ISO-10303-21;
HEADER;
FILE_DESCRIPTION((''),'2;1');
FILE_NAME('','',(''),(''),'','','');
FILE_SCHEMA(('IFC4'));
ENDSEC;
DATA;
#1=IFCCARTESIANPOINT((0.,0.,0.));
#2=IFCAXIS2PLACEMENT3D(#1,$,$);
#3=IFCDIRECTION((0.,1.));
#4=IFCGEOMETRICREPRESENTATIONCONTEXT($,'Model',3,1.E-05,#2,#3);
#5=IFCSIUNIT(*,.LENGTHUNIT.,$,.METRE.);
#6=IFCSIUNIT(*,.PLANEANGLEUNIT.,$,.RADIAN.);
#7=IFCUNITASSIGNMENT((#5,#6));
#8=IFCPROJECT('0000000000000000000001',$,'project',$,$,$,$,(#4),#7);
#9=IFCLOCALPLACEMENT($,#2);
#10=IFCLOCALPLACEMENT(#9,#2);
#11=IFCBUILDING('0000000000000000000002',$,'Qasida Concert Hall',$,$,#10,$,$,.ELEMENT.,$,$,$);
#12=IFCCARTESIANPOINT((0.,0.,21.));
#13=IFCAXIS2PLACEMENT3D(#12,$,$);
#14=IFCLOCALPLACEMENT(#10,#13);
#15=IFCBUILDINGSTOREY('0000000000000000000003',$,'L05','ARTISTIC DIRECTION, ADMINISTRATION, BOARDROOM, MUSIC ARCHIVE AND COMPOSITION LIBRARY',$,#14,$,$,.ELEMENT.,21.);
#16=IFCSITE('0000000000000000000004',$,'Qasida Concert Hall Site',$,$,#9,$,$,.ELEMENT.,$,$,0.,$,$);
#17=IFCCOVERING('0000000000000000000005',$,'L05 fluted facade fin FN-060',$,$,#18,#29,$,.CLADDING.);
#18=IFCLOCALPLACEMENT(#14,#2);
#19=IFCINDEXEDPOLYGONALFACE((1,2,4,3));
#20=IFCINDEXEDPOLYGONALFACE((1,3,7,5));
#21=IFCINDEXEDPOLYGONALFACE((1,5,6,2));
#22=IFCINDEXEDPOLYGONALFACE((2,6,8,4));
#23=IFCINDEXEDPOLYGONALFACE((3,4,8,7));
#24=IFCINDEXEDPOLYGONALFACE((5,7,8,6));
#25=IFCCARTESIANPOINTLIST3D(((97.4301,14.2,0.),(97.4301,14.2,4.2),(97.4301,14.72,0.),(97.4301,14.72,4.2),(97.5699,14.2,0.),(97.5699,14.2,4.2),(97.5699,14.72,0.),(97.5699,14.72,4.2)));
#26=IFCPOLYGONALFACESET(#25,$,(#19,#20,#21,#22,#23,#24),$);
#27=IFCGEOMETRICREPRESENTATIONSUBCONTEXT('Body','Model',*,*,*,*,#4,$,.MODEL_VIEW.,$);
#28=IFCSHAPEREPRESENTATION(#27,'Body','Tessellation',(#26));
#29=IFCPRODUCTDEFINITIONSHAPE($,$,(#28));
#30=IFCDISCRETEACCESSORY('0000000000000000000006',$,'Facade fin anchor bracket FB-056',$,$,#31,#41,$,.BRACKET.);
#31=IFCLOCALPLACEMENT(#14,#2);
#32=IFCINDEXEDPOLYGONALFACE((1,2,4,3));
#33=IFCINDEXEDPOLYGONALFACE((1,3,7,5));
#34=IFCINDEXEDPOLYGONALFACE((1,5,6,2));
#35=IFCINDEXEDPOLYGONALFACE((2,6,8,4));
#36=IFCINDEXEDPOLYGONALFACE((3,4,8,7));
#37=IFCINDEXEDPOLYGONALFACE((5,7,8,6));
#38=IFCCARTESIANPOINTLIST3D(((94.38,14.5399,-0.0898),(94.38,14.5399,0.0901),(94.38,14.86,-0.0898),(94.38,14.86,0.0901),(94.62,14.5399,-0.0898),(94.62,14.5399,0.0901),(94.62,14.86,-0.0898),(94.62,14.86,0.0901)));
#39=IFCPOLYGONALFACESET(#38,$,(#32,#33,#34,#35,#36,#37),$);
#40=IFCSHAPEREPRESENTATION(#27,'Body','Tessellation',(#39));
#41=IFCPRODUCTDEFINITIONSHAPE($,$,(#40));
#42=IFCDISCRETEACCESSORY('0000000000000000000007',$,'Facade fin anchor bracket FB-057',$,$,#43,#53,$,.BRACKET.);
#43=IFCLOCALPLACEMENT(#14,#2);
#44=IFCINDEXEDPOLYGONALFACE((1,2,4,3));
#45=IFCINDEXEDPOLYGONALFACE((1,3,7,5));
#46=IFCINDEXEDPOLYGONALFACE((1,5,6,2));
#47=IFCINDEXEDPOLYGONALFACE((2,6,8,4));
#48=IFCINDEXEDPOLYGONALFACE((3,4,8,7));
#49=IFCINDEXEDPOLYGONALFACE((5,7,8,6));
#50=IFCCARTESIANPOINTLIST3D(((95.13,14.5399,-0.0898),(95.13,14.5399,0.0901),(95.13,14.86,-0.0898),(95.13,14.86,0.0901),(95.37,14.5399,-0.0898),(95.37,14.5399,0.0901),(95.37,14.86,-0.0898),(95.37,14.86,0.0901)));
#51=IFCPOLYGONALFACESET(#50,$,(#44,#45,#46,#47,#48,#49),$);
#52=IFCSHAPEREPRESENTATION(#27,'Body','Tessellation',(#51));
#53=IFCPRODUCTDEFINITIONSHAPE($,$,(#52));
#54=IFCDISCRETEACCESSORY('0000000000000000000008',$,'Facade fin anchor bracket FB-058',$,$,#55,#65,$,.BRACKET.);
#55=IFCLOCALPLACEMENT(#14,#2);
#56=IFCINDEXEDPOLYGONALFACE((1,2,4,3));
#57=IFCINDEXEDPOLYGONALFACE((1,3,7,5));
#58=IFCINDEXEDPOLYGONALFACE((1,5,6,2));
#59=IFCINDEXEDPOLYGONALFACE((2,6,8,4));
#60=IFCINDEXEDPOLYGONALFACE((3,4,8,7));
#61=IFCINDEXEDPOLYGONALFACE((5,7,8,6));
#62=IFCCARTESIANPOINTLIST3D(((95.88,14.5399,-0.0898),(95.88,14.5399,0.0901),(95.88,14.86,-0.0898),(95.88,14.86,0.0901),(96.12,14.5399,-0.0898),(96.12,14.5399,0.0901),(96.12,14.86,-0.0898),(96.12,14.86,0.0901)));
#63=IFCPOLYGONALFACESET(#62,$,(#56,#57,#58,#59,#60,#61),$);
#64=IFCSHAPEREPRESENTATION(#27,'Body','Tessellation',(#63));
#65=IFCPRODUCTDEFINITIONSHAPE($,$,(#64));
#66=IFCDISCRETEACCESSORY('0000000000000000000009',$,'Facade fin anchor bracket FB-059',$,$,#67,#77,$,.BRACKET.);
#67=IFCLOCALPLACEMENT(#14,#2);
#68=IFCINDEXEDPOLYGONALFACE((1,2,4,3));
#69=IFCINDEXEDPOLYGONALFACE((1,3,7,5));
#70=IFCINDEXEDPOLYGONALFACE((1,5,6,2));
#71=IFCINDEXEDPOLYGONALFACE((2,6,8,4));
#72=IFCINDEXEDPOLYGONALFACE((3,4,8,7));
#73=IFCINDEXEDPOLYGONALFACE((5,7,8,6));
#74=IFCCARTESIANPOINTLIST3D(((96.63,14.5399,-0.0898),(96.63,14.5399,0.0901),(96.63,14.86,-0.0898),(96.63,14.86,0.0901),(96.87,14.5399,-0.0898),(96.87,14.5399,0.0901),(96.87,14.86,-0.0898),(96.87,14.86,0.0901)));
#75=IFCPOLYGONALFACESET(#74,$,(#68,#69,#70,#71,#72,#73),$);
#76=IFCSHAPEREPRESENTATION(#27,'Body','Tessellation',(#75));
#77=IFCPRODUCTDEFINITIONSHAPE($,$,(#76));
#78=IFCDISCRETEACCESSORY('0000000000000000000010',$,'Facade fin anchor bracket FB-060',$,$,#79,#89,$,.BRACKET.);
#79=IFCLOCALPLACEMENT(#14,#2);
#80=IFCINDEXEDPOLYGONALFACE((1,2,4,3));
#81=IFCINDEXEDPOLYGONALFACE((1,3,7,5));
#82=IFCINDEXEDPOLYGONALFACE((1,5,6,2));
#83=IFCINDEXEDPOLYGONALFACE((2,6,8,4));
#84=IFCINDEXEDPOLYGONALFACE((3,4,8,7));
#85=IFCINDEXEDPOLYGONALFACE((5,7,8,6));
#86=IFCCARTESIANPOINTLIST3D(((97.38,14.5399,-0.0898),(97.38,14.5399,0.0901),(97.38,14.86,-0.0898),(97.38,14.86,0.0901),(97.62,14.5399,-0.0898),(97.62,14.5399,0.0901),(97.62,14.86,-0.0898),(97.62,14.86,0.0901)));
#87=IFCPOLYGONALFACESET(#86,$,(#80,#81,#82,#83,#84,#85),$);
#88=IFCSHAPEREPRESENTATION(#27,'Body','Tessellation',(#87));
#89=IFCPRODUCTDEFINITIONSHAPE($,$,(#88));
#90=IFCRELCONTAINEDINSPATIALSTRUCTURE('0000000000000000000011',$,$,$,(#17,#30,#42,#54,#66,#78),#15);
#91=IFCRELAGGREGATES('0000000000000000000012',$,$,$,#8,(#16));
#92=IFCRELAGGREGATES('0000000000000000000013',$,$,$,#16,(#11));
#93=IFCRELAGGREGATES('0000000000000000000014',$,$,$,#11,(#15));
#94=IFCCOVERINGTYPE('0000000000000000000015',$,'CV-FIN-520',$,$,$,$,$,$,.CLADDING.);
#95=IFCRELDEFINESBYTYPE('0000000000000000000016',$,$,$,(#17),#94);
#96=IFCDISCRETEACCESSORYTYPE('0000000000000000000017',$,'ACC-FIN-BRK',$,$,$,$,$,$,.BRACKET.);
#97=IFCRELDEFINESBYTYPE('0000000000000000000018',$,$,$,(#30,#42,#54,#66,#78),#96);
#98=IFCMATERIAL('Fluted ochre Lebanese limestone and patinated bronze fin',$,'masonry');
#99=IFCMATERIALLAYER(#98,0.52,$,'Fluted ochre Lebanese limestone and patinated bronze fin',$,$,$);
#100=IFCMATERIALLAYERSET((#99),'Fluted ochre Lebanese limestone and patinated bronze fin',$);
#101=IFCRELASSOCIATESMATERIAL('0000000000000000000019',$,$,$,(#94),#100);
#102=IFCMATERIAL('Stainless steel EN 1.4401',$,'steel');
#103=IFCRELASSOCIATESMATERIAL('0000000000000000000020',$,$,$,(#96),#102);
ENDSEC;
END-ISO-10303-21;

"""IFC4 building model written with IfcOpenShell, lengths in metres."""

from ifc_helpers import new_model, si_unit, direction, frame, origin, origin_2d, place, context, subcontext, project, spatial, rectangle, extrude, material, layer, layer_set, type_object, element, save


model = new_model("IFC4")

# Units and contexts
model_context = context("Model", 3, precision=1e-05, world=origin(), true_north=direction((0.0, 1.0)))
body_context = subcontext(model_context, "Body", "Model", "MODEL_VIEW")
ifc_project = project(units=[si_unit("LENGTHUNIT", "METRE"), si_unit("PLANEANGLEUNIT", "RADIAN")], contexts=[model_context])

# Site, building, storey
site_placement = place(None, origin())
site = spatial("IfcSite", under=ifc_project, at=site_placement, Name="Qasida Concert Hall Site", CompositionType="ELEMENT", RefElevation=0.0)
building_placement = place(site_placement, origin())
building = spatial("IfcBuilding", under=site, at=building_placement, Name="Qasida Concert Hall", CompositionType="ELEMENT")
storey_placement = place(building_placement, frame((0.0, 0.0, 21.0)))
storey = spatial("IfcBuildingStorey", under=building, at=storey_placement, Name="L05", Description="ARTISTIC DIRECTION, ADMINISTRATION, BOARDROOM, MUSIC ARCHIVE AND COMPOSITION LIBRARY", CompositionType="ELEMENT", Elevation=21.0)

# Covering
ifc_material_1 = material(Name="Fluted ochre Lebanese limestone and patinated bronze fin", Category="masonry")
ifc_layer_1 = layer(ifc_material_1, 0.52, Name="Fluted ochre Lebanese limestone and patinated bronze fin")
ifc_layer_set_1 = layer_set([ifc_layer_1], Name="Fluted ochre Lebanese limestone and patinated bronze fin")
covering_type = type_object("IfcCoveringType", Name="CV-FIN-520", PredefinedType="CLADDING", material=ifc_layer_set_1)
for number, where, z_axis, x_axis, name in (
    (1, (97.5, 14.46, 0.0), (0.0, 0.0, 1.0), (1.0, 0.0, 0.0), "L05 fluted facade fin FN-060"),
):
    element("IfcCovering", number, at=place(storey_placement, frame(where, z_axis=z_axis, x_axis=x_axis)), inside=storey, type_object=covering_type, Name=name, PredefinedType="CLADDING", context=body_context, shape_type="SweptSolid", body=[
        extrude(rectangle(XDim=0.1399, YDim=0.52, at=origin_2d()), origin(), (0.0, 0.0, 1.0), 4.2),
    ])

# Discrete accessories
ifc_material_2 = material(Name="Stainless steel EN 1.4401", Category="steel")
discrete_accessory_type = type_object("IfcDiscreteAccessoryType", Name="ACC-FIN-BRK", PredefinedType="BRACKET", material=ifc_material_2)
for number, where, z_axis, x_axis, name in (
    (2, (94.5, 14.7, -0.0898), (0.0, 0.0, 1.0), (1.0, 0.0, 0.0), "Facade fin anchor bracket FB-056"),
    (3, (95.25, 14.7, -0.0898), (0.0, 0.0, 1.0), (1.0, 0.0, 0.0), "Facade fin anchor bracket FB-057"),
    (4, (96.0, 14.7, -0.0898), (0.0, 0.0, 1.0), (1.0, 0.0, 0.0), "Facade fin anchor bracket FB-058"),
    (5, (96.75, 14.7, -0.0898), (0.0, 0.0, 1.0), (1.0, 0.0, 0.0), "Facade fin anchor bracket FB-059"),
    (6, (97.5, 14.7, -0.0898), (0.0, 0.0, 1.0), (1.0, 0.0, 0.0), "Facade fin anchor bracket FB-060"),
):
    element("IfcDiscreteAccessory", number, at=place(storey_placement, frame(where, z_axis=z_axis, x_axis=x_axis)), inside=storey, type_object=discrete_accessory_type, Name=name, PredefinedType="BRACKET", context=body_context, shape_type="SweptSolid", body=[
        extrude(rectangle(XDim=0.24, YDim=0.3201, at=origin_2d()), origin(), (0.0, 0.0, 1.0), 0.1799),
    ])

save(model, "model.ifc")
